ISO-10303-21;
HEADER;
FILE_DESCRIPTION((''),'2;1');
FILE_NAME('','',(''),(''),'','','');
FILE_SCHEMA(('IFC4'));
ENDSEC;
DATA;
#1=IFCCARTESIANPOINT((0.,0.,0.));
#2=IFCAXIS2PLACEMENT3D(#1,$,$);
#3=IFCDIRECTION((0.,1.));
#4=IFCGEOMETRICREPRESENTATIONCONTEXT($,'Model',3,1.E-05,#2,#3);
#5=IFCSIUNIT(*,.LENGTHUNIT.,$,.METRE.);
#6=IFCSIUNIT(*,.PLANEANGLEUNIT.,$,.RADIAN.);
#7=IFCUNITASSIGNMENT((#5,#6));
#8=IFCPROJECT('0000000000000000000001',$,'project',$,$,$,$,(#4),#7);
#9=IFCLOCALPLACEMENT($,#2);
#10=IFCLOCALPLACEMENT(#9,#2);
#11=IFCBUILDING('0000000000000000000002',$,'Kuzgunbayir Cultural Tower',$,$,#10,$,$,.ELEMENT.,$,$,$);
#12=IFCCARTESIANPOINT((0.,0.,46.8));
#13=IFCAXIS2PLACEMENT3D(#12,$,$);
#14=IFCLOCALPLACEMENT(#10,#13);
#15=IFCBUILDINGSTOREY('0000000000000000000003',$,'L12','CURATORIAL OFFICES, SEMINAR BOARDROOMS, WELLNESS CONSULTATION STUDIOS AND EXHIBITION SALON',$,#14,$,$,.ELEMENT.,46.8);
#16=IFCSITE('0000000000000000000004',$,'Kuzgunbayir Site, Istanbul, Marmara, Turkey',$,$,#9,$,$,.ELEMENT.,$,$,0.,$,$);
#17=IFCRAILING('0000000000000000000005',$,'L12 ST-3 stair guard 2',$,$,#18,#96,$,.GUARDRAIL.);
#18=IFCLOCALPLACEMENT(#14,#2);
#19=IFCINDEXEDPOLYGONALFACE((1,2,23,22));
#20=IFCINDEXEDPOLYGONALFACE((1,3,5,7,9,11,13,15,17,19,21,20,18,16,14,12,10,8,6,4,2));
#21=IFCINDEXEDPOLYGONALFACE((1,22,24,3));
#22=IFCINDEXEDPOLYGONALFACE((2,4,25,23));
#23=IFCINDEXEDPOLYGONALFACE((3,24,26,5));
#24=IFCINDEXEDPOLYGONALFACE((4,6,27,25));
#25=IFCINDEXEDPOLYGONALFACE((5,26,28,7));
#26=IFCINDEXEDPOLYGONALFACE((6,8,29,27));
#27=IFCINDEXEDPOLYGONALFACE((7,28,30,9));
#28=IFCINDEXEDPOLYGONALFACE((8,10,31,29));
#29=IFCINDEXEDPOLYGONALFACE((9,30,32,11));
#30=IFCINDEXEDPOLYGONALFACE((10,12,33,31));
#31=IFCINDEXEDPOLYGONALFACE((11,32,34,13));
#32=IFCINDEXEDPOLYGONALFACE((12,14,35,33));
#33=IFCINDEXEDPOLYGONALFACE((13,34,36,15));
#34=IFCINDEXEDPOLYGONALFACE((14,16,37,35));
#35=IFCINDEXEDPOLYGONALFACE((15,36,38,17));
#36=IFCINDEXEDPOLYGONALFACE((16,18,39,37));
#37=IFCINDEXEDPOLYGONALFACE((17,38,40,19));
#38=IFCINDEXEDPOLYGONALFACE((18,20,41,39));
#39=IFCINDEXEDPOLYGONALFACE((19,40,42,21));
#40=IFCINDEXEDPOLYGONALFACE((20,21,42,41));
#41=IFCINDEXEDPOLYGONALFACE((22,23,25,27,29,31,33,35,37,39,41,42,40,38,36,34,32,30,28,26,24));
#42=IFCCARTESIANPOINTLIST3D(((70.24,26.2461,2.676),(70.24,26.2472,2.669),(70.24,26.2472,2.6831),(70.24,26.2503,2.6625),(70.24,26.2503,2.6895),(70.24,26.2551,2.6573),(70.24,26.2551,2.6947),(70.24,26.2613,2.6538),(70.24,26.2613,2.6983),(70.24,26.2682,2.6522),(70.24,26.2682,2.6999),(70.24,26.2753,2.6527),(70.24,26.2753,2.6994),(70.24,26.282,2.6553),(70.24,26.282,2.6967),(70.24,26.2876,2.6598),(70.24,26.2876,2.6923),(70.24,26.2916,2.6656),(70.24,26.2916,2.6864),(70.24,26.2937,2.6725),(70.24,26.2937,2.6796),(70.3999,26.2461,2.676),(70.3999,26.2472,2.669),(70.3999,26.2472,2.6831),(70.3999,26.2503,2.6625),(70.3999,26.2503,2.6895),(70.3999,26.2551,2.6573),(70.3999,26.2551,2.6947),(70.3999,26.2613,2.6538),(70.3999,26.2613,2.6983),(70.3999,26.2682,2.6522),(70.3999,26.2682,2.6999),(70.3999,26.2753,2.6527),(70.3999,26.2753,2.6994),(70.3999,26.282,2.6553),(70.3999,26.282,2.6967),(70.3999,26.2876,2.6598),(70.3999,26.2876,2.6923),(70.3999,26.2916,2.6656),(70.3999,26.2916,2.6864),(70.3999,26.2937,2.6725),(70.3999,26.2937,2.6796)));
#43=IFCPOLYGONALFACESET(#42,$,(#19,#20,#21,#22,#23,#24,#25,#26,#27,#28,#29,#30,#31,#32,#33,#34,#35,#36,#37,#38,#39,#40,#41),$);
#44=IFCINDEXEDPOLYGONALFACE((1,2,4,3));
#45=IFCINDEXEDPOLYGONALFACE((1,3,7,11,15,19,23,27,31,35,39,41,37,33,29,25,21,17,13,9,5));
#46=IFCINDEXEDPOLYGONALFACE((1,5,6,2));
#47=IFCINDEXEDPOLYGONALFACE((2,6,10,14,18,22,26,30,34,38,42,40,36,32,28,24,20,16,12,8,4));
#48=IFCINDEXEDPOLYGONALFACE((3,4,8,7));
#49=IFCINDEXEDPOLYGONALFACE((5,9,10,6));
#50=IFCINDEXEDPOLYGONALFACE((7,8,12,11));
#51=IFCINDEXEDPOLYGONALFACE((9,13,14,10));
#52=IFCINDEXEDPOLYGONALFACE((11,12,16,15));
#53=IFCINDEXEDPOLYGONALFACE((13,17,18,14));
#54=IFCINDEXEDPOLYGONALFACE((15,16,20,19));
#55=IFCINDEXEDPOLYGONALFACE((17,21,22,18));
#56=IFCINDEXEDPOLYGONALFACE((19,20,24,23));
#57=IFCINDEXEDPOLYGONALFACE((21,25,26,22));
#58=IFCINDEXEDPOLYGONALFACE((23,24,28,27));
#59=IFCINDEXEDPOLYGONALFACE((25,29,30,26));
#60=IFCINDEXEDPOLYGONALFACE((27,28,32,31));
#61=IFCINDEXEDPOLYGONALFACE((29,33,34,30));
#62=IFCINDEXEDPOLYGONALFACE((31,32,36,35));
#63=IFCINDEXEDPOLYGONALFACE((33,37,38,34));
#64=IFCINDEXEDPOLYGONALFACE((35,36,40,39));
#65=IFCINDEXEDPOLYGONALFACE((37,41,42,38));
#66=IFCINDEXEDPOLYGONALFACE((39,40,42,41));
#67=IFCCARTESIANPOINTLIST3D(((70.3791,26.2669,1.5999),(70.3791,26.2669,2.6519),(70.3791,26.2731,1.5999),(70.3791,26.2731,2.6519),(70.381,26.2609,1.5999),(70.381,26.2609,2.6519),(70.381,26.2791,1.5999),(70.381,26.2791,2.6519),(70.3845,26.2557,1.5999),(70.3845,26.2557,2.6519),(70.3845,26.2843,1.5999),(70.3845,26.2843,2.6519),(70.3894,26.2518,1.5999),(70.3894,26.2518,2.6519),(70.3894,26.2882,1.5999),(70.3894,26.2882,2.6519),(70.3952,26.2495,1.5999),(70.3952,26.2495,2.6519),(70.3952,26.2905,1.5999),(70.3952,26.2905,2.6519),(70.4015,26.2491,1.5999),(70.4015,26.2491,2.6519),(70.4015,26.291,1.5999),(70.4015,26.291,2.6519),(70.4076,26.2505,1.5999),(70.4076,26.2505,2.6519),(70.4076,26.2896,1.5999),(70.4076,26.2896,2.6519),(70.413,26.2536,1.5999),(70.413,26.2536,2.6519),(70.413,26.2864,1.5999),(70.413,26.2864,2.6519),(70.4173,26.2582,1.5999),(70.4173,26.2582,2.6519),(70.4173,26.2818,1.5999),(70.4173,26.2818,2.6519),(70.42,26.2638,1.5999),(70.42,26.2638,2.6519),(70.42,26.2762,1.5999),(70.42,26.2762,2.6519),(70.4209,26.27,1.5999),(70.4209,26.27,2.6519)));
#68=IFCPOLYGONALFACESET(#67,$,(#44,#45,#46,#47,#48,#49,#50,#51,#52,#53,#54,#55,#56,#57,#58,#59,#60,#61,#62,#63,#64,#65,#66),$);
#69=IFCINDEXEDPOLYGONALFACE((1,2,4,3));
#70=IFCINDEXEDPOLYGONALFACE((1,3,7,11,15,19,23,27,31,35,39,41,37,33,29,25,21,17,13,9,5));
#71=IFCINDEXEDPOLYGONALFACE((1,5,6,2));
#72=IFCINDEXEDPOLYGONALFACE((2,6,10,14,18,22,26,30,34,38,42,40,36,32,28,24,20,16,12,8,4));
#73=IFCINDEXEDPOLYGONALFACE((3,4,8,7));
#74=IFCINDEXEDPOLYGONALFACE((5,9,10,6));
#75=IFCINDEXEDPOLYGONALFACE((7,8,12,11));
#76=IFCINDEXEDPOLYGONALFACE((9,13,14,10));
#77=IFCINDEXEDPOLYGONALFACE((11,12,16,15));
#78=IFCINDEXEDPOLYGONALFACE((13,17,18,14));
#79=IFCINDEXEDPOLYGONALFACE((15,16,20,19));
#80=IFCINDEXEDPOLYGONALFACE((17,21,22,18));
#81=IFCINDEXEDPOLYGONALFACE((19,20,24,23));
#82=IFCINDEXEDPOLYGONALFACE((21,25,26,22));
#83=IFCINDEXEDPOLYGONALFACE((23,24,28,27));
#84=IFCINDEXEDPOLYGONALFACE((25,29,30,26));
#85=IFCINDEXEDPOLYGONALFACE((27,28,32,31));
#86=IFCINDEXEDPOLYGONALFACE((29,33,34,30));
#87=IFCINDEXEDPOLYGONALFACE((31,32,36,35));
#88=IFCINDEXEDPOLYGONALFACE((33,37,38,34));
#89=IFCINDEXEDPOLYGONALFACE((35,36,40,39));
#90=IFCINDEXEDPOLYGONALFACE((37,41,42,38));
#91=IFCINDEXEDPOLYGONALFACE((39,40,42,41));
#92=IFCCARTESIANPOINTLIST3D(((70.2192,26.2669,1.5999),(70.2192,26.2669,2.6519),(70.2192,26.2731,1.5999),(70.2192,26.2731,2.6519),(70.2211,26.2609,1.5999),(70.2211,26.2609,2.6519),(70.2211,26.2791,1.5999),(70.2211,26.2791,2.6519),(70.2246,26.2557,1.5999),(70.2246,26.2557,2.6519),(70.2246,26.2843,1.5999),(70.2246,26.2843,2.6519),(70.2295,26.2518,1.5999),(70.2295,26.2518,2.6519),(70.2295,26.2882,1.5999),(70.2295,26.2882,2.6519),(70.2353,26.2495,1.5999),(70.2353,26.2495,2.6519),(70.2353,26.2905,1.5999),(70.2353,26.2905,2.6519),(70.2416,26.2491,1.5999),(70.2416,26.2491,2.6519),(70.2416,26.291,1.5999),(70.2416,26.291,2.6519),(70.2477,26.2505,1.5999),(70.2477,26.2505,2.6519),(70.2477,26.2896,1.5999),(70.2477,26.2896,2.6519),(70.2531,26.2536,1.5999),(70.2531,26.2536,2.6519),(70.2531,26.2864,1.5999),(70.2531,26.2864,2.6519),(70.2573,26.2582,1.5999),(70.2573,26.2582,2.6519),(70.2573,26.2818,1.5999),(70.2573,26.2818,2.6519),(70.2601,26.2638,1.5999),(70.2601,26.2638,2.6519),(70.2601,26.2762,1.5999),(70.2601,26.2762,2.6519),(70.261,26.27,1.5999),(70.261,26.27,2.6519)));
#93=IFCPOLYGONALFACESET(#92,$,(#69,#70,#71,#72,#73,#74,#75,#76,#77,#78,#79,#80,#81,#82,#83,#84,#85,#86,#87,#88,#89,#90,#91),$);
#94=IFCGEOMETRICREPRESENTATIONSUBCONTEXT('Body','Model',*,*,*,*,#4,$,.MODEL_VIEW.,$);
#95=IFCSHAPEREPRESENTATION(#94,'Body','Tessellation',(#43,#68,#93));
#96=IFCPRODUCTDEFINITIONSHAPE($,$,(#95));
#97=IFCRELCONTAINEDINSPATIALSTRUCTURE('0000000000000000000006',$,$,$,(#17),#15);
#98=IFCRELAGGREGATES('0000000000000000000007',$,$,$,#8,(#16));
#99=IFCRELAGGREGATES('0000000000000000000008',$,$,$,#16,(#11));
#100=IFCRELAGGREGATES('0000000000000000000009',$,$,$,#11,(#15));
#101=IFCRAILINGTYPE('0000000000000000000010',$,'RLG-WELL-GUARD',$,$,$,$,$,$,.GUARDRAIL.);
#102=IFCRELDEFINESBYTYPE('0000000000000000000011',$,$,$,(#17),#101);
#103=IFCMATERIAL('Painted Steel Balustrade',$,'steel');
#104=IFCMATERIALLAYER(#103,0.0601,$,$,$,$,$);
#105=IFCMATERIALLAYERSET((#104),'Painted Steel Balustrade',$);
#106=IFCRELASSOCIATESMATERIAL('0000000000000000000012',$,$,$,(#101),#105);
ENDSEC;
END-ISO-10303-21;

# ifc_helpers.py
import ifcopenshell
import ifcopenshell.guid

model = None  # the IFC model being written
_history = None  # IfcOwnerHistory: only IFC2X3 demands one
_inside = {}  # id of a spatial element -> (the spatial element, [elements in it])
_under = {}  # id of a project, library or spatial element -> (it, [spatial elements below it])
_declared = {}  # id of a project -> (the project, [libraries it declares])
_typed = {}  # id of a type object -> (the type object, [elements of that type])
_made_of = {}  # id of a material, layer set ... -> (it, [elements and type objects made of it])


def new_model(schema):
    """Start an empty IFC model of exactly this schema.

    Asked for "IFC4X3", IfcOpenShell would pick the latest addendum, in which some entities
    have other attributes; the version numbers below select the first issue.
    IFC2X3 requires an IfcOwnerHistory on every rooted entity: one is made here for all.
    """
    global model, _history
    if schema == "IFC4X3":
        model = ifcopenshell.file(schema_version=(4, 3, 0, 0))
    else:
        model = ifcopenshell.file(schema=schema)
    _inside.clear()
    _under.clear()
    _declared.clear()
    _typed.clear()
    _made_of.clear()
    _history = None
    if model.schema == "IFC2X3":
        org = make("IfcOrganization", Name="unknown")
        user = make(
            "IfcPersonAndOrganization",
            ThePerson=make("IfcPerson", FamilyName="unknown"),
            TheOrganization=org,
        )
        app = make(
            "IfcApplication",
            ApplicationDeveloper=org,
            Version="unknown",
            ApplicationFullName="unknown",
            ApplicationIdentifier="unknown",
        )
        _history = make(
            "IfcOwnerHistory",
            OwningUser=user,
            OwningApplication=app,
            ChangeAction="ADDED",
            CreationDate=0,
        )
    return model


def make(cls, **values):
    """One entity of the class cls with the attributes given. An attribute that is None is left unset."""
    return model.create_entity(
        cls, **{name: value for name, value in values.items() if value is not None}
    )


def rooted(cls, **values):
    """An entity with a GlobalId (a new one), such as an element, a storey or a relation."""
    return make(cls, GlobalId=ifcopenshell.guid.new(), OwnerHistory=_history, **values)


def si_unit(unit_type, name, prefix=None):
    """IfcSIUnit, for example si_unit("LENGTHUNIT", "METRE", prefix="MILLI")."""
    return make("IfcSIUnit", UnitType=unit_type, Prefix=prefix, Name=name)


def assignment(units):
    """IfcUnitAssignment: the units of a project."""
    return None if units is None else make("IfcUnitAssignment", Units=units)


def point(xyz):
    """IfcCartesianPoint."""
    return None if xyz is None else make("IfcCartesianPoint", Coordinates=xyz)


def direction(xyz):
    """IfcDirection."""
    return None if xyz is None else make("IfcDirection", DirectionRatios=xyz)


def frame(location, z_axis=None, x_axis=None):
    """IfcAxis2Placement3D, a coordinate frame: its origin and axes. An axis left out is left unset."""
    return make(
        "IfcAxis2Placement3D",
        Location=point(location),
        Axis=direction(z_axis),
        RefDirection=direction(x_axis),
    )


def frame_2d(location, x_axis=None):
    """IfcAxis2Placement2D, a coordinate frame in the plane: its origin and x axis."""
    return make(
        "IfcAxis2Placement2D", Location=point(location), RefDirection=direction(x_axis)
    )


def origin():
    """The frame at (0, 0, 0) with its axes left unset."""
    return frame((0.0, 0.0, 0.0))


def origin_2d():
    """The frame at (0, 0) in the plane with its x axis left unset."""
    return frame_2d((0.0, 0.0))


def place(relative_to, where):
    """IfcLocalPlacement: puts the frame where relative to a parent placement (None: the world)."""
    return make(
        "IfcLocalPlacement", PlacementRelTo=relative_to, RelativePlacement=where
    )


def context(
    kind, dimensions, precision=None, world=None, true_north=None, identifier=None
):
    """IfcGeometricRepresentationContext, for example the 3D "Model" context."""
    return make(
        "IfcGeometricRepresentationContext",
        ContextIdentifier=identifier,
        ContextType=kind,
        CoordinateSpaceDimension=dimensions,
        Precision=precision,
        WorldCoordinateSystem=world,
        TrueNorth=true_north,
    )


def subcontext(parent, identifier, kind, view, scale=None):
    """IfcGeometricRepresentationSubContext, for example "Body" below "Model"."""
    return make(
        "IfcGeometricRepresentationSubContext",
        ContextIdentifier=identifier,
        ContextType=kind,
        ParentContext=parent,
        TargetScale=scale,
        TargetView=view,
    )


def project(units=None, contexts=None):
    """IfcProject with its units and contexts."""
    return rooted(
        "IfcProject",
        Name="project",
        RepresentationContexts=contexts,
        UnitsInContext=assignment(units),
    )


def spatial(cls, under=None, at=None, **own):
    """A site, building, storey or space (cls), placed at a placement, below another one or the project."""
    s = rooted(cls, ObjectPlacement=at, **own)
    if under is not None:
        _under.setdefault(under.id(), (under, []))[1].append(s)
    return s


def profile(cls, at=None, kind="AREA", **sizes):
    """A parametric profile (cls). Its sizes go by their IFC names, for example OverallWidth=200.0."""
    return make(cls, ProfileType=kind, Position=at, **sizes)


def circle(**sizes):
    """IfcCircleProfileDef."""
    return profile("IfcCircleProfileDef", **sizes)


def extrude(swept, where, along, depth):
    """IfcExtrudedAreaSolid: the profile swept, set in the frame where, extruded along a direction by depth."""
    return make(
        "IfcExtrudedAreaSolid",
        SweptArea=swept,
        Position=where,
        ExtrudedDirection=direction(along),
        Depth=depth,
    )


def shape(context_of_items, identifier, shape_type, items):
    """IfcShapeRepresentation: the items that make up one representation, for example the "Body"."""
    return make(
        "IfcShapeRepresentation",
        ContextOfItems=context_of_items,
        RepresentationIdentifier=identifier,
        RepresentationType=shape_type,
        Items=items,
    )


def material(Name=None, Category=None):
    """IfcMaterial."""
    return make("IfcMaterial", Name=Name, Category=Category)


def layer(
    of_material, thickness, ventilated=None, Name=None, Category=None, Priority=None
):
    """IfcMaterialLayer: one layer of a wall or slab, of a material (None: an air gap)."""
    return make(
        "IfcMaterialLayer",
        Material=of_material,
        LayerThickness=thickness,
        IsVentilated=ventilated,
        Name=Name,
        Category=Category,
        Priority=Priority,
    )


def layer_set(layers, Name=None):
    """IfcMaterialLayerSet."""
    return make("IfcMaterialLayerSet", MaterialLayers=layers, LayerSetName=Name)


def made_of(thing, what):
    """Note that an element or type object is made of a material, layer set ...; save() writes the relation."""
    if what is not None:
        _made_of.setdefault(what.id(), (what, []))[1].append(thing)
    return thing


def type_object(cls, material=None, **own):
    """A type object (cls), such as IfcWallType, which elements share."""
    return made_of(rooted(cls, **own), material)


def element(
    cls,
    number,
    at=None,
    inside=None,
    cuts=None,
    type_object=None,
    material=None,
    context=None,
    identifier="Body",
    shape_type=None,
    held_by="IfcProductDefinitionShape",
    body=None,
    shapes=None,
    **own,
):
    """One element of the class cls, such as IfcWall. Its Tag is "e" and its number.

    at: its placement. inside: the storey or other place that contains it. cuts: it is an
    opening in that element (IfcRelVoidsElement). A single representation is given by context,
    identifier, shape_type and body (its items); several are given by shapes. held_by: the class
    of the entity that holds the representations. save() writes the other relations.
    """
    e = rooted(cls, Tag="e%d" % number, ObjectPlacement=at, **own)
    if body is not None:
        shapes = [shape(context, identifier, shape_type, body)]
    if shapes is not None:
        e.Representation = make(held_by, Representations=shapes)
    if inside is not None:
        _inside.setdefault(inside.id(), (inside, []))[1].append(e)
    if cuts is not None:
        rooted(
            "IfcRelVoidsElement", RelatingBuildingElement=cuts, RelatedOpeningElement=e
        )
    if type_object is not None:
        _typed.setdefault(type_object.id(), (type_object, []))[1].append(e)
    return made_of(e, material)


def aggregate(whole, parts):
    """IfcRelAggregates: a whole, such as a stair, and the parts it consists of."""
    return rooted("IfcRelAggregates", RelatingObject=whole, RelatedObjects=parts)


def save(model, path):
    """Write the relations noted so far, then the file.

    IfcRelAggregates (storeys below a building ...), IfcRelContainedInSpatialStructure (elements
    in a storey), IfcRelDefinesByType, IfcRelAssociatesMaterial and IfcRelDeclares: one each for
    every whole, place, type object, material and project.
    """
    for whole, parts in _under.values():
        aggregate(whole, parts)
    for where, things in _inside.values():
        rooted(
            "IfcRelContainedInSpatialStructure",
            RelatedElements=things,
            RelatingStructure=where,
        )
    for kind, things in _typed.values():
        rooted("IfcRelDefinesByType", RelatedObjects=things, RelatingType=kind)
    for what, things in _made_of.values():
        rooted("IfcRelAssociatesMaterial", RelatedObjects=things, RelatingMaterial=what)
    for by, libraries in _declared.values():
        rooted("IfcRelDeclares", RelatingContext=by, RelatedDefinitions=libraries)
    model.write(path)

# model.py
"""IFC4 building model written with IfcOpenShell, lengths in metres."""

from ifc_helpers import new_model, si_unit, direction, frame, origin, origin_2d, place, context, subcontext, project, spatial, circle, extrude, material, layer, layer_set, type_object, element, save


model = new_model("IFC4")

# Units and contexts
model_context = context("Model", 3, precision=1e-05, world=origin(), true_north=direction((0.0, 1.0)))
body_context = subcontext(model_context, "Body", "Model", "MODEL_VIEW")
ifc_project = project(units=[si_unit("LENGTHUNIT", "METRE"), si_unit("PLANEANGLEUNIT", "RADIAN")], contexts=[model_context])

# Site, building, storey
site_placement = place(None, origin())
site = spatial("IfcSite", under=ifc_project, at=site_placement, Name="Kuzgunbayir Site, Istanbul, Marmara, Turkey", CompositionType="ELEMENT", RefElevation=0.0)
building_placement = place(site_placement, origin())
building = spatial("IfcBuilding", under=site, at=building_placement, Name="Kuzgunbayir Cultural Tower", CompositionType="ELEMENT")
storey_placement = place(building_placement, frame((0.0, 0.0, 46.8)))
storey = spatial("IfcBuildingStorey", under=building, at=storey_placement, Name="L12", Description="CURATORIAL OFFICES, SEMINAR BOARDROOMS, WELLNESS CONSULTATION STUDIOS AND EXHIBITION SALON", CompositionType="ELEMENT", Elevation=46.8)

# Railing
ifc_material_1 = material(Name="Painted Steel Balustrade", Category="steel")
ifc_layer_1 = layer(ifc_material_1, 0.0601)
ifc_layer_set_1 = layer_set([ifc_layer_1], Name="Painted Steel Balustrade")
railing_type_1 = type_object("IfcRailingType", Name="RLG-WELL-GUARD", PredefinedType="GUARDRAIL", material=ifc_layer_set_1)
railing_1_placement = place(storey_placement, frame((70.3999, 26.27, 1.5999)))
element("IfcRailing", 1, at=railing_1_placement, inside=storey, type_object=railing_type_1, Name="L12 ST-3 stair guard 2", PredefinedType="GUARDRAIL", context=body_context, shape_type="SweptSolid", body=[
    extrude(circle(Radius=0.0239, at=origin_2d()), frame((0.0, 0.0, 1.0762), z_axis=(-1.0, 0.0, 0.0), x_axis=(0.0, -1.0, 0.0)), (0.0, 0.0, 1.0), 0.1599),
    extrude(circle(Radius=0.021, at=origin_2d()), origin(), (0.0, 0.0, 1.0), 1.052),
    extrude(circle(Radius=0.021, at=origin_2d()), frame((-0.1599, 0.0, 0.0)), (0.0, 0.0, 1.0), 1.052),
])

save(model, "model.ifc")
